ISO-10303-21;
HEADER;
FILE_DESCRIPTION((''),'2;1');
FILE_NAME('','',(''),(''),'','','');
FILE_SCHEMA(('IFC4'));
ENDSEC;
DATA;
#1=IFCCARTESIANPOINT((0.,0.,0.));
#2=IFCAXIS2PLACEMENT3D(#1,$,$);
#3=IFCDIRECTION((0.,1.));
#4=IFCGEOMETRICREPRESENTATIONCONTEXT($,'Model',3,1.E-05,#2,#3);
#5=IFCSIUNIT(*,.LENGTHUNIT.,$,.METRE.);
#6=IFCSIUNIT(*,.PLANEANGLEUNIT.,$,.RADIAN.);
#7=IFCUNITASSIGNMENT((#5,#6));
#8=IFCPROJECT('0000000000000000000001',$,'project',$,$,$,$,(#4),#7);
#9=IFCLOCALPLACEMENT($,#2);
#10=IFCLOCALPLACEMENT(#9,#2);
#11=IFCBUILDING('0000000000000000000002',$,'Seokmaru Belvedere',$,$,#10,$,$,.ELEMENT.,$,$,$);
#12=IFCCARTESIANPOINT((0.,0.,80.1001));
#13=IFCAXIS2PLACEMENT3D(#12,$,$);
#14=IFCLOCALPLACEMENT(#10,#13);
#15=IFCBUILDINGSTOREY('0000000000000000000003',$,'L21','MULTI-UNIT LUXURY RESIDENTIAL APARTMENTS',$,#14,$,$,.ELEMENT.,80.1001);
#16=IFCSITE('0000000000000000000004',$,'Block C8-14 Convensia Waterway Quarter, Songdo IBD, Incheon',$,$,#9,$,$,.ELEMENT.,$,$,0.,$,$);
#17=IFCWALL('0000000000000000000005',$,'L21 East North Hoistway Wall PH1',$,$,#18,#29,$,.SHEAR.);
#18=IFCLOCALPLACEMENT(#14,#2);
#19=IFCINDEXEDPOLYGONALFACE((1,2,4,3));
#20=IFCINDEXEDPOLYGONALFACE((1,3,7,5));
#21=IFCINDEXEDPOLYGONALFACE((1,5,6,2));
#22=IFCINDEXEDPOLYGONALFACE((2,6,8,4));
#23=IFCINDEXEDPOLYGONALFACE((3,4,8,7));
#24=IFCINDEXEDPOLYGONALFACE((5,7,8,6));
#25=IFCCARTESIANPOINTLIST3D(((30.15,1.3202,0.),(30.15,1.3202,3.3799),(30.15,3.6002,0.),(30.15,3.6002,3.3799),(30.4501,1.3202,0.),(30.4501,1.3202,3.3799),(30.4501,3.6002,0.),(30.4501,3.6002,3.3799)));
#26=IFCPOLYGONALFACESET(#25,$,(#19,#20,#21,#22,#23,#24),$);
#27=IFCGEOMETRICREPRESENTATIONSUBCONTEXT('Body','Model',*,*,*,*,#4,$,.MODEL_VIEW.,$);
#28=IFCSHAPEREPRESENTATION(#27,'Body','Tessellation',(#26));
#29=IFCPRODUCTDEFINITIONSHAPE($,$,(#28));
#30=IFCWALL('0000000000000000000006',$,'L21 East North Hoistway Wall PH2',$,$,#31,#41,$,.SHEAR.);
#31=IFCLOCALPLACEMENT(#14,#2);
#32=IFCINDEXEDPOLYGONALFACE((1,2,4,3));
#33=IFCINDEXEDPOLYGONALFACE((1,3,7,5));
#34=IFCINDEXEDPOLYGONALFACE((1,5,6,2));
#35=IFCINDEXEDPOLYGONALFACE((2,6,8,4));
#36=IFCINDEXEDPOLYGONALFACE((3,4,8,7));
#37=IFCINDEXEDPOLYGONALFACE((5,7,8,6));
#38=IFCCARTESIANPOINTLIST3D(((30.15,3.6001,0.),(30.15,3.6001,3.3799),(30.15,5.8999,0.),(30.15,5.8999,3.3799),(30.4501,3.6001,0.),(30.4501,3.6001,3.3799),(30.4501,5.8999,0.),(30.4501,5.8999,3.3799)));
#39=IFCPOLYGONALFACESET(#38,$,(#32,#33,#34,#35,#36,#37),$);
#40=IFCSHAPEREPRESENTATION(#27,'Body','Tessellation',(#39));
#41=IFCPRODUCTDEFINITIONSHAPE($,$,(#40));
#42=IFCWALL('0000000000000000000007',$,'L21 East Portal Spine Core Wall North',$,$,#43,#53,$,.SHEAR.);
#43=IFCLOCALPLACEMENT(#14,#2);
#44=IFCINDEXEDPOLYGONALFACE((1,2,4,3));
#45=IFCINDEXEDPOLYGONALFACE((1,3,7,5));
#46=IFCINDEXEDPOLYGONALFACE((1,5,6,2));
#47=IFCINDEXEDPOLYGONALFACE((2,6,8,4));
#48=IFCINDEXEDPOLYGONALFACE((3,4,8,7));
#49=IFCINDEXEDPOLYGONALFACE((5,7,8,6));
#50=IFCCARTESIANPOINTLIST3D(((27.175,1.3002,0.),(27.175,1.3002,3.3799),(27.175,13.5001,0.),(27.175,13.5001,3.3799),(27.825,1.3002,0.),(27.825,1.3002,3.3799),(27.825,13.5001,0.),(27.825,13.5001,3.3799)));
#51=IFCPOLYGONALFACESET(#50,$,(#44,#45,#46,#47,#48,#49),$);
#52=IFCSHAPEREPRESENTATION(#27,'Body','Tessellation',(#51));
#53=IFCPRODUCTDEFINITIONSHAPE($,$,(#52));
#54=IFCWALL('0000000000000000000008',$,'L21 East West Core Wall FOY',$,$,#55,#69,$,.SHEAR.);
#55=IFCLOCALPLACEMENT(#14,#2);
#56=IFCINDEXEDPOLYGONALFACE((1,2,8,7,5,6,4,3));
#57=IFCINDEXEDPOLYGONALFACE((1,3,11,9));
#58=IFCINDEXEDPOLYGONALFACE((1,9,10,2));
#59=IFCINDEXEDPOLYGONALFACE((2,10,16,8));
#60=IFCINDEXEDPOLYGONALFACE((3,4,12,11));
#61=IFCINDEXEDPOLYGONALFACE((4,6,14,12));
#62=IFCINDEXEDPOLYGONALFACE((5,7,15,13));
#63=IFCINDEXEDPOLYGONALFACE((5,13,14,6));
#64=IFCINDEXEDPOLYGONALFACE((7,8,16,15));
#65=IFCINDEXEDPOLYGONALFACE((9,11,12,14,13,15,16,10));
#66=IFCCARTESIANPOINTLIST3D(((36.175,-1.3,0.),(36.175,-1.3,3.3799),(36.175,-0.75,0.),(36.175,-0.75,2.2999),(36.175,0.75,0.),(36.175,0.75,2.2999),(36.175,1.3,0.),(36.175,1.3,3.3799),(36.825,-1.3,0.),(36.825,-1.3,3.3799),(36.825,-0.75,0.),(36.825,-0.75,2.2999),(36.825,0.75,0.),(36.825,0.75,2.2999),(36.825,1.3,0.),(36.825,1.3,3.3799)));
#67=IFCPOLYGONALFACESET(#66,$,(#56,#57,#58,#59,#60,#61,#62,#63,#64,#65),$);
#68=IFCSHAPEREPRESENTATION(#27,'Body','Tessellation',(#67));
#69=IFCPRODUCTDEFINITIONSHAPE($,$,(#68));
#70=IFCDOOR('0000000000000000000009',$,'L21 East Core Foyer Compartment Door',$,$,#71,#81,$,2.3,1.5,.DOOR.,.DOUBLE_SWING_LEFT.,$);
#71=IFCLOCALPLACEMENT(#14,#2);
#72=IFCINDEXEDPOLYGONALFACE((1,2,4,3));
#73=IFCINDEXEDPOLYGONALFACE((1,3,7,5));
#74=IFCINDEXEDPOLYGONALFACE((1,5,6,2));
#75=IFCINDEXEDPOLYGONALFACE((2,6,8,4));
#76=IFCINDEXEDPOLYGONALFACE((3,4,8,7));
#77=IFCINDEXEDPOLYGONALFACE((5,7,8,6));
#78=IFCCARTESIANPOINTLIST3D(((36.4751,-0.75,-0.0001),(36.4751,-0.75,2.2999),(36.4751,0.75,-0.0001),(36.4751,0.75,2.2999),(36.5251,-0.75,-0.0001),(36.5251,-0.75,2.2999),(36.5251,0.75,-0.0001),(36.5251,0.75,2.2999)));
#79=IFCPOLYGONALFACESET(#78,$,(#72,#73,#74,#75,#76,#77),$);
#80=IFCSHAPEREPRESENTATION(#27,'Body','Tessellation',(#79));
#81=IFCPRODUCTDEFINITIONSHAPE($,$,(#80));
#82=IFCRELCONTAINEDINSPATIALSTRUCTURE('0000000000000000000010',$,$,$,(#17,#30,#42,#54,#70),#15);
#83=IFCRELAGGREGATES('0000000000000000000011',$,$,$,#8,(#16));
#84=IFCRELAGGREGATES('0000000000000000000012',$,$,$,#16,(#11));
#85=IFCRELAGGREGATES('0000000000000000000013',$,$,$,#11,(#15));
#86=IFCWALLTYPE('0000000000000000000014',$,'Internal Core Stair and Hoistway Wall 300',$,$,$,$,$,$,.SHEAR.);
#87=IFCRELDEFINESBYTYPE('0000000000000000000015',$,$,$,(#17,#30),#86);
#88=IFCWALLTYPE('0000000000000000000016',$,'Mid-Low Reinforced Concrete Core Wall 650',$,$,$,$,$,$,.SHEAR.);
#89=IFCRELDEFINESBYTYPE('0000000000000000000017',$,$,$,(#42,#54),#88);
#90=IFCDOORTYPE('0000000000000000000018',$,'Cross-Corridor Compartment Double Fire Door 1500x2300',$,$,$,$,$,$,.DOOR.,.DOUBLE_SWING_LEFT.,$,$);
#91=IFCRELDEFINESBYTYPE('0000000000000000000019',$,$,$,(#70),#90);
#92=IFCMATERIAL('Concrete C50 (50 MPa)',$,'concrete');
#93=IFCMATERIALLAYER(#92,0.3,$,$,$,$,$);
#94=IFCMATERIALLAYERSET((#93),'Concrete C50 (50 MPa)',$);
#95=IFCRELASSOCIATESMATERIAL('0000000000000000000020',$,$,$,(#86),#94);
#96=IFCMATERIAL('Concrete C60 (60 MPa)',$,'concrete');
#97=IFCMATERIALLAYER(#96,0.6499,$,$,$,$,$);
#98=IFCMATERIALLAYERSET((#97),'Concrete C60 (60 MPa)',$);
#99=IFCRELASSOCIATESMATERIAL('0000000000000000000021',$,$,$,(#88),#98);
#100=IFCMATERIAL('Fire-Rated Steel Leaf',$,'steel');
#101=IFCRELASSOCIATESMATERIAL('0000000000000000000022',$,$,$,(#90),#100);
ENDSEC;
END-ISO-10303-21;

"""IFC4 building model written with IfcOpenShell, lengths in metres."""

from ifc_helpers import new_model, si_unit, direction, frame, frame_2d, origin, place, context, subcontext, project, spatial, rectangle, extrude, source, transform, mapped, material, layer, layer_set, type_object, type_shapes, element, fill, save


model = new_model("IFC4")

# Units and contexts
model_context = context("Model", 3, precision=1e-05, world=origin(), true_north=direction((0.0, 1.0)))
body_context = subcontext(model_context, "Body", "Model", "MODEL_VIEW")
ifc_project = project(units=[si_unit("LENGTHUNIT", "METRE"), si_unit("PLANEANGLEUNIT", "RADIAN")], contexts=[model_context])

# Site, building, storey
site_placement = place(None, origin())
site = spatial("IfcSite", under=ifc_project, at=site_placement, Name="Block C8-14 Convensia Waterway Quarter, Songdo IBD, Incheon", CompositionType="ELEMENT", RefElevation=0.0)
building_placement = place(site_placement, origin())
building = spatial("IfcBuilding", under=site, at=building_placement, Name="Seokmaru Belvedere", CompositionType="ELEMENT")
storey_placement = place(building_placement, frame((0.0, 0.0, 80.1001)))
storey = spatial("IfcBuildingStorey", under=building, at=storey_placement, Name="L21", Description="MULTI-UNIT LUXURY RESIDENTIAL APARTMENTS", CompositionType="ELEMENT", Elevation=80.1001)

# Shared definitions
ifc_material_1 = material(Name="Fire-Rated Steel Leaf", Category="steel")

# Walls
ifc_material_2 = material(Name="Concrete C50 (50 MPa)", Category="concrete")
ifc_layer_1 = layer(ifc_material_2, 0.3)
ifc_layer_set_1 = layer_set([ifc_layer_1], Name="Concrete C50 (50 MPa)")
wall_type_1 = type_object("IfcWallType", Name="Internal Core Stair and Hoistway Wall 300", PredefinedType="SHEAR", material=ifc_layer_set_1)
wall_1_placement = place(storey_placement, frame((30.3, 1.3201, 0.0), z_axis=(0.0, 0.0, 1.0), x_axis=(0.0, 1.0, 0.0)))
element("IfcWall", 1, at=wall_1_placement, inside=storey, type_object=wall_type_1, Name="L21 East North Hoistway Wall PH1", PredefinedType="SHEAR", context=body_context, shape_type="SweptSolid", body=[
    extrude(rectangle(XDim=2.28, YDim=0.3, at=frame_2d((1.1401, 0.0))), origin(), (0.0, 0.0, 1.0), 3.3799),
])
wall_2_placement = place(storey_placement, frame((30.3, 3.6001, 0.0), z_axis=(0.0, 0.0, 1.0), x_axis=(0.0, 1.0, 0.0)))
element("IfcWall", 2, at=wall_2_placement, inside=storey, type_object=wall_type_1, Name="L21 East North Hoistway Wall PH2", PredefinedType="SHEAR", context=body_context, shape_type="SweptSolid", body=[
    extrude(rectangle(XDim=2.2998, YDim=0.3, at=frame_2d((1.1499, 0.0))), origin(), (0.0, 0.0, 1.0), 3.3799),
])
ifc_material_3 = material(Name="Concrete C60 (60 MPa)", Category="concrete")
ifc_layer_2 = layer(ifc_material_3, 0.6499)
ifc_layer_set_2 = layer_set([ifc_layer_2], Name="Concrete C60 (60 MPa)")
wall_type_2 = type_object("IfcWallType", Name="Mid-Low Reinforced Concrete Core Wall 650", PredefinedType="SHEAR", material=ifc_layer_set_2)
wall_3_placement = place(storey_placement, frame((27.5, 1.3, 0.0), z_axis=(0.0, 0.0, 1.0), x_axis=(0.0, 1.0, 0.0)))
element("IfcWall", 3, at=wall_3_placement, inside=storey, type_object=wall_type_2, Name="L21 East Portal Spine Core Wall North", PredefinedType="SHEAR", context=body_context, shape_type="SweptSolid", body=[
    extrude(rectangle(XDim=12.2, YDim=0.6499, at=frame_2d((6.1001, 0.0))), origin(), (0.0, 0.0, 1.0), 3.3799),
])

# Wall, opening, door
wall_4_placement = place(storey_placement, frame((36.5, -1.3, 0.0), z_axis=(0.0, 0.0, 1.0), x_axis=(0.0, 1.0, 0.0)))
wall_4 = element("IfcWall", 4, at=wall_4_placement, inside=storey, type_object=wall_type_2, Name="L21 East West Core Wall FOY", PredefinedType="SHEAR", context=body_context, shape_type="SweptSolid", body=[
    extrude(rectangle(XDim=2.6001, YDim=0.6499, at=frame_2d((1.3, 0.0))), origin(), (0.0, 0.0, 1.0), 3.3799),
])
opening_1_placement = place(wall_4_placement, frame((0.55, 0.0, 0.0)))
opening_1 = element("IfcOpeningElement", 5, at=opening_1_placement, cuts=wall_4, PredefinedType="OPENING", context=body_context, shape_type="SweptSolid", body=[
    extrude(rectangle(XDim=1.5, YDim=2.3, at=frame_2d((0.75, 1.1499))), frame((0.0, 0.335, 0.0), z_axis=(0.0, -1.0, 0.0), x_axis=(1.0, 0.0, 0.0)), (0.0, 0.0, 1.0), 0.6699),
])
door_type_1 = type_object("IfcDoorType", Name="Cross-Corridor Compartment Double Fire Door 1500x2300", OperationType="DOUBLE_SWING_LEFT", PredefinedType="DOOR", material=ifc_material_1)
shared_shape_1 = source(origin(), body_context, "Body", "SweptSolid", [
    extrude(rectangle(XDim=1.5, YDim=2.3, at=frame_2d((0.75, 1.1499))), frame((0.0, 0.0249, 0.0), z_axis=(0.0, -1.0, 0.0), x_axis=(1.0, 0.0, 0.0)), (0.0, 0.0, 1.0), 0.05),
])
type_shapes(door_type_1, [shared_shape_1])
door_1_placement = place(opening_1_placement, origin())
door_1 = element("IfcDoor", 6, at=door_1_placement, inside=storey, type_object=door_type_1, Name="L21 East Core Foyer Compartment Door", OperationType="DOUBLE_SWING_LEFT", OverallHeight=2.3, OverallWidth=1.5, PredefinedType="DOOR", context=body_context, shape_type="MappedRepresentation", body=[
    mapped(shared_shape_1, transform((0.0, 0.0, 0.0), scale=1.0)),
])
fill(opening_1, door_1)

save(model, "model.ifc")
